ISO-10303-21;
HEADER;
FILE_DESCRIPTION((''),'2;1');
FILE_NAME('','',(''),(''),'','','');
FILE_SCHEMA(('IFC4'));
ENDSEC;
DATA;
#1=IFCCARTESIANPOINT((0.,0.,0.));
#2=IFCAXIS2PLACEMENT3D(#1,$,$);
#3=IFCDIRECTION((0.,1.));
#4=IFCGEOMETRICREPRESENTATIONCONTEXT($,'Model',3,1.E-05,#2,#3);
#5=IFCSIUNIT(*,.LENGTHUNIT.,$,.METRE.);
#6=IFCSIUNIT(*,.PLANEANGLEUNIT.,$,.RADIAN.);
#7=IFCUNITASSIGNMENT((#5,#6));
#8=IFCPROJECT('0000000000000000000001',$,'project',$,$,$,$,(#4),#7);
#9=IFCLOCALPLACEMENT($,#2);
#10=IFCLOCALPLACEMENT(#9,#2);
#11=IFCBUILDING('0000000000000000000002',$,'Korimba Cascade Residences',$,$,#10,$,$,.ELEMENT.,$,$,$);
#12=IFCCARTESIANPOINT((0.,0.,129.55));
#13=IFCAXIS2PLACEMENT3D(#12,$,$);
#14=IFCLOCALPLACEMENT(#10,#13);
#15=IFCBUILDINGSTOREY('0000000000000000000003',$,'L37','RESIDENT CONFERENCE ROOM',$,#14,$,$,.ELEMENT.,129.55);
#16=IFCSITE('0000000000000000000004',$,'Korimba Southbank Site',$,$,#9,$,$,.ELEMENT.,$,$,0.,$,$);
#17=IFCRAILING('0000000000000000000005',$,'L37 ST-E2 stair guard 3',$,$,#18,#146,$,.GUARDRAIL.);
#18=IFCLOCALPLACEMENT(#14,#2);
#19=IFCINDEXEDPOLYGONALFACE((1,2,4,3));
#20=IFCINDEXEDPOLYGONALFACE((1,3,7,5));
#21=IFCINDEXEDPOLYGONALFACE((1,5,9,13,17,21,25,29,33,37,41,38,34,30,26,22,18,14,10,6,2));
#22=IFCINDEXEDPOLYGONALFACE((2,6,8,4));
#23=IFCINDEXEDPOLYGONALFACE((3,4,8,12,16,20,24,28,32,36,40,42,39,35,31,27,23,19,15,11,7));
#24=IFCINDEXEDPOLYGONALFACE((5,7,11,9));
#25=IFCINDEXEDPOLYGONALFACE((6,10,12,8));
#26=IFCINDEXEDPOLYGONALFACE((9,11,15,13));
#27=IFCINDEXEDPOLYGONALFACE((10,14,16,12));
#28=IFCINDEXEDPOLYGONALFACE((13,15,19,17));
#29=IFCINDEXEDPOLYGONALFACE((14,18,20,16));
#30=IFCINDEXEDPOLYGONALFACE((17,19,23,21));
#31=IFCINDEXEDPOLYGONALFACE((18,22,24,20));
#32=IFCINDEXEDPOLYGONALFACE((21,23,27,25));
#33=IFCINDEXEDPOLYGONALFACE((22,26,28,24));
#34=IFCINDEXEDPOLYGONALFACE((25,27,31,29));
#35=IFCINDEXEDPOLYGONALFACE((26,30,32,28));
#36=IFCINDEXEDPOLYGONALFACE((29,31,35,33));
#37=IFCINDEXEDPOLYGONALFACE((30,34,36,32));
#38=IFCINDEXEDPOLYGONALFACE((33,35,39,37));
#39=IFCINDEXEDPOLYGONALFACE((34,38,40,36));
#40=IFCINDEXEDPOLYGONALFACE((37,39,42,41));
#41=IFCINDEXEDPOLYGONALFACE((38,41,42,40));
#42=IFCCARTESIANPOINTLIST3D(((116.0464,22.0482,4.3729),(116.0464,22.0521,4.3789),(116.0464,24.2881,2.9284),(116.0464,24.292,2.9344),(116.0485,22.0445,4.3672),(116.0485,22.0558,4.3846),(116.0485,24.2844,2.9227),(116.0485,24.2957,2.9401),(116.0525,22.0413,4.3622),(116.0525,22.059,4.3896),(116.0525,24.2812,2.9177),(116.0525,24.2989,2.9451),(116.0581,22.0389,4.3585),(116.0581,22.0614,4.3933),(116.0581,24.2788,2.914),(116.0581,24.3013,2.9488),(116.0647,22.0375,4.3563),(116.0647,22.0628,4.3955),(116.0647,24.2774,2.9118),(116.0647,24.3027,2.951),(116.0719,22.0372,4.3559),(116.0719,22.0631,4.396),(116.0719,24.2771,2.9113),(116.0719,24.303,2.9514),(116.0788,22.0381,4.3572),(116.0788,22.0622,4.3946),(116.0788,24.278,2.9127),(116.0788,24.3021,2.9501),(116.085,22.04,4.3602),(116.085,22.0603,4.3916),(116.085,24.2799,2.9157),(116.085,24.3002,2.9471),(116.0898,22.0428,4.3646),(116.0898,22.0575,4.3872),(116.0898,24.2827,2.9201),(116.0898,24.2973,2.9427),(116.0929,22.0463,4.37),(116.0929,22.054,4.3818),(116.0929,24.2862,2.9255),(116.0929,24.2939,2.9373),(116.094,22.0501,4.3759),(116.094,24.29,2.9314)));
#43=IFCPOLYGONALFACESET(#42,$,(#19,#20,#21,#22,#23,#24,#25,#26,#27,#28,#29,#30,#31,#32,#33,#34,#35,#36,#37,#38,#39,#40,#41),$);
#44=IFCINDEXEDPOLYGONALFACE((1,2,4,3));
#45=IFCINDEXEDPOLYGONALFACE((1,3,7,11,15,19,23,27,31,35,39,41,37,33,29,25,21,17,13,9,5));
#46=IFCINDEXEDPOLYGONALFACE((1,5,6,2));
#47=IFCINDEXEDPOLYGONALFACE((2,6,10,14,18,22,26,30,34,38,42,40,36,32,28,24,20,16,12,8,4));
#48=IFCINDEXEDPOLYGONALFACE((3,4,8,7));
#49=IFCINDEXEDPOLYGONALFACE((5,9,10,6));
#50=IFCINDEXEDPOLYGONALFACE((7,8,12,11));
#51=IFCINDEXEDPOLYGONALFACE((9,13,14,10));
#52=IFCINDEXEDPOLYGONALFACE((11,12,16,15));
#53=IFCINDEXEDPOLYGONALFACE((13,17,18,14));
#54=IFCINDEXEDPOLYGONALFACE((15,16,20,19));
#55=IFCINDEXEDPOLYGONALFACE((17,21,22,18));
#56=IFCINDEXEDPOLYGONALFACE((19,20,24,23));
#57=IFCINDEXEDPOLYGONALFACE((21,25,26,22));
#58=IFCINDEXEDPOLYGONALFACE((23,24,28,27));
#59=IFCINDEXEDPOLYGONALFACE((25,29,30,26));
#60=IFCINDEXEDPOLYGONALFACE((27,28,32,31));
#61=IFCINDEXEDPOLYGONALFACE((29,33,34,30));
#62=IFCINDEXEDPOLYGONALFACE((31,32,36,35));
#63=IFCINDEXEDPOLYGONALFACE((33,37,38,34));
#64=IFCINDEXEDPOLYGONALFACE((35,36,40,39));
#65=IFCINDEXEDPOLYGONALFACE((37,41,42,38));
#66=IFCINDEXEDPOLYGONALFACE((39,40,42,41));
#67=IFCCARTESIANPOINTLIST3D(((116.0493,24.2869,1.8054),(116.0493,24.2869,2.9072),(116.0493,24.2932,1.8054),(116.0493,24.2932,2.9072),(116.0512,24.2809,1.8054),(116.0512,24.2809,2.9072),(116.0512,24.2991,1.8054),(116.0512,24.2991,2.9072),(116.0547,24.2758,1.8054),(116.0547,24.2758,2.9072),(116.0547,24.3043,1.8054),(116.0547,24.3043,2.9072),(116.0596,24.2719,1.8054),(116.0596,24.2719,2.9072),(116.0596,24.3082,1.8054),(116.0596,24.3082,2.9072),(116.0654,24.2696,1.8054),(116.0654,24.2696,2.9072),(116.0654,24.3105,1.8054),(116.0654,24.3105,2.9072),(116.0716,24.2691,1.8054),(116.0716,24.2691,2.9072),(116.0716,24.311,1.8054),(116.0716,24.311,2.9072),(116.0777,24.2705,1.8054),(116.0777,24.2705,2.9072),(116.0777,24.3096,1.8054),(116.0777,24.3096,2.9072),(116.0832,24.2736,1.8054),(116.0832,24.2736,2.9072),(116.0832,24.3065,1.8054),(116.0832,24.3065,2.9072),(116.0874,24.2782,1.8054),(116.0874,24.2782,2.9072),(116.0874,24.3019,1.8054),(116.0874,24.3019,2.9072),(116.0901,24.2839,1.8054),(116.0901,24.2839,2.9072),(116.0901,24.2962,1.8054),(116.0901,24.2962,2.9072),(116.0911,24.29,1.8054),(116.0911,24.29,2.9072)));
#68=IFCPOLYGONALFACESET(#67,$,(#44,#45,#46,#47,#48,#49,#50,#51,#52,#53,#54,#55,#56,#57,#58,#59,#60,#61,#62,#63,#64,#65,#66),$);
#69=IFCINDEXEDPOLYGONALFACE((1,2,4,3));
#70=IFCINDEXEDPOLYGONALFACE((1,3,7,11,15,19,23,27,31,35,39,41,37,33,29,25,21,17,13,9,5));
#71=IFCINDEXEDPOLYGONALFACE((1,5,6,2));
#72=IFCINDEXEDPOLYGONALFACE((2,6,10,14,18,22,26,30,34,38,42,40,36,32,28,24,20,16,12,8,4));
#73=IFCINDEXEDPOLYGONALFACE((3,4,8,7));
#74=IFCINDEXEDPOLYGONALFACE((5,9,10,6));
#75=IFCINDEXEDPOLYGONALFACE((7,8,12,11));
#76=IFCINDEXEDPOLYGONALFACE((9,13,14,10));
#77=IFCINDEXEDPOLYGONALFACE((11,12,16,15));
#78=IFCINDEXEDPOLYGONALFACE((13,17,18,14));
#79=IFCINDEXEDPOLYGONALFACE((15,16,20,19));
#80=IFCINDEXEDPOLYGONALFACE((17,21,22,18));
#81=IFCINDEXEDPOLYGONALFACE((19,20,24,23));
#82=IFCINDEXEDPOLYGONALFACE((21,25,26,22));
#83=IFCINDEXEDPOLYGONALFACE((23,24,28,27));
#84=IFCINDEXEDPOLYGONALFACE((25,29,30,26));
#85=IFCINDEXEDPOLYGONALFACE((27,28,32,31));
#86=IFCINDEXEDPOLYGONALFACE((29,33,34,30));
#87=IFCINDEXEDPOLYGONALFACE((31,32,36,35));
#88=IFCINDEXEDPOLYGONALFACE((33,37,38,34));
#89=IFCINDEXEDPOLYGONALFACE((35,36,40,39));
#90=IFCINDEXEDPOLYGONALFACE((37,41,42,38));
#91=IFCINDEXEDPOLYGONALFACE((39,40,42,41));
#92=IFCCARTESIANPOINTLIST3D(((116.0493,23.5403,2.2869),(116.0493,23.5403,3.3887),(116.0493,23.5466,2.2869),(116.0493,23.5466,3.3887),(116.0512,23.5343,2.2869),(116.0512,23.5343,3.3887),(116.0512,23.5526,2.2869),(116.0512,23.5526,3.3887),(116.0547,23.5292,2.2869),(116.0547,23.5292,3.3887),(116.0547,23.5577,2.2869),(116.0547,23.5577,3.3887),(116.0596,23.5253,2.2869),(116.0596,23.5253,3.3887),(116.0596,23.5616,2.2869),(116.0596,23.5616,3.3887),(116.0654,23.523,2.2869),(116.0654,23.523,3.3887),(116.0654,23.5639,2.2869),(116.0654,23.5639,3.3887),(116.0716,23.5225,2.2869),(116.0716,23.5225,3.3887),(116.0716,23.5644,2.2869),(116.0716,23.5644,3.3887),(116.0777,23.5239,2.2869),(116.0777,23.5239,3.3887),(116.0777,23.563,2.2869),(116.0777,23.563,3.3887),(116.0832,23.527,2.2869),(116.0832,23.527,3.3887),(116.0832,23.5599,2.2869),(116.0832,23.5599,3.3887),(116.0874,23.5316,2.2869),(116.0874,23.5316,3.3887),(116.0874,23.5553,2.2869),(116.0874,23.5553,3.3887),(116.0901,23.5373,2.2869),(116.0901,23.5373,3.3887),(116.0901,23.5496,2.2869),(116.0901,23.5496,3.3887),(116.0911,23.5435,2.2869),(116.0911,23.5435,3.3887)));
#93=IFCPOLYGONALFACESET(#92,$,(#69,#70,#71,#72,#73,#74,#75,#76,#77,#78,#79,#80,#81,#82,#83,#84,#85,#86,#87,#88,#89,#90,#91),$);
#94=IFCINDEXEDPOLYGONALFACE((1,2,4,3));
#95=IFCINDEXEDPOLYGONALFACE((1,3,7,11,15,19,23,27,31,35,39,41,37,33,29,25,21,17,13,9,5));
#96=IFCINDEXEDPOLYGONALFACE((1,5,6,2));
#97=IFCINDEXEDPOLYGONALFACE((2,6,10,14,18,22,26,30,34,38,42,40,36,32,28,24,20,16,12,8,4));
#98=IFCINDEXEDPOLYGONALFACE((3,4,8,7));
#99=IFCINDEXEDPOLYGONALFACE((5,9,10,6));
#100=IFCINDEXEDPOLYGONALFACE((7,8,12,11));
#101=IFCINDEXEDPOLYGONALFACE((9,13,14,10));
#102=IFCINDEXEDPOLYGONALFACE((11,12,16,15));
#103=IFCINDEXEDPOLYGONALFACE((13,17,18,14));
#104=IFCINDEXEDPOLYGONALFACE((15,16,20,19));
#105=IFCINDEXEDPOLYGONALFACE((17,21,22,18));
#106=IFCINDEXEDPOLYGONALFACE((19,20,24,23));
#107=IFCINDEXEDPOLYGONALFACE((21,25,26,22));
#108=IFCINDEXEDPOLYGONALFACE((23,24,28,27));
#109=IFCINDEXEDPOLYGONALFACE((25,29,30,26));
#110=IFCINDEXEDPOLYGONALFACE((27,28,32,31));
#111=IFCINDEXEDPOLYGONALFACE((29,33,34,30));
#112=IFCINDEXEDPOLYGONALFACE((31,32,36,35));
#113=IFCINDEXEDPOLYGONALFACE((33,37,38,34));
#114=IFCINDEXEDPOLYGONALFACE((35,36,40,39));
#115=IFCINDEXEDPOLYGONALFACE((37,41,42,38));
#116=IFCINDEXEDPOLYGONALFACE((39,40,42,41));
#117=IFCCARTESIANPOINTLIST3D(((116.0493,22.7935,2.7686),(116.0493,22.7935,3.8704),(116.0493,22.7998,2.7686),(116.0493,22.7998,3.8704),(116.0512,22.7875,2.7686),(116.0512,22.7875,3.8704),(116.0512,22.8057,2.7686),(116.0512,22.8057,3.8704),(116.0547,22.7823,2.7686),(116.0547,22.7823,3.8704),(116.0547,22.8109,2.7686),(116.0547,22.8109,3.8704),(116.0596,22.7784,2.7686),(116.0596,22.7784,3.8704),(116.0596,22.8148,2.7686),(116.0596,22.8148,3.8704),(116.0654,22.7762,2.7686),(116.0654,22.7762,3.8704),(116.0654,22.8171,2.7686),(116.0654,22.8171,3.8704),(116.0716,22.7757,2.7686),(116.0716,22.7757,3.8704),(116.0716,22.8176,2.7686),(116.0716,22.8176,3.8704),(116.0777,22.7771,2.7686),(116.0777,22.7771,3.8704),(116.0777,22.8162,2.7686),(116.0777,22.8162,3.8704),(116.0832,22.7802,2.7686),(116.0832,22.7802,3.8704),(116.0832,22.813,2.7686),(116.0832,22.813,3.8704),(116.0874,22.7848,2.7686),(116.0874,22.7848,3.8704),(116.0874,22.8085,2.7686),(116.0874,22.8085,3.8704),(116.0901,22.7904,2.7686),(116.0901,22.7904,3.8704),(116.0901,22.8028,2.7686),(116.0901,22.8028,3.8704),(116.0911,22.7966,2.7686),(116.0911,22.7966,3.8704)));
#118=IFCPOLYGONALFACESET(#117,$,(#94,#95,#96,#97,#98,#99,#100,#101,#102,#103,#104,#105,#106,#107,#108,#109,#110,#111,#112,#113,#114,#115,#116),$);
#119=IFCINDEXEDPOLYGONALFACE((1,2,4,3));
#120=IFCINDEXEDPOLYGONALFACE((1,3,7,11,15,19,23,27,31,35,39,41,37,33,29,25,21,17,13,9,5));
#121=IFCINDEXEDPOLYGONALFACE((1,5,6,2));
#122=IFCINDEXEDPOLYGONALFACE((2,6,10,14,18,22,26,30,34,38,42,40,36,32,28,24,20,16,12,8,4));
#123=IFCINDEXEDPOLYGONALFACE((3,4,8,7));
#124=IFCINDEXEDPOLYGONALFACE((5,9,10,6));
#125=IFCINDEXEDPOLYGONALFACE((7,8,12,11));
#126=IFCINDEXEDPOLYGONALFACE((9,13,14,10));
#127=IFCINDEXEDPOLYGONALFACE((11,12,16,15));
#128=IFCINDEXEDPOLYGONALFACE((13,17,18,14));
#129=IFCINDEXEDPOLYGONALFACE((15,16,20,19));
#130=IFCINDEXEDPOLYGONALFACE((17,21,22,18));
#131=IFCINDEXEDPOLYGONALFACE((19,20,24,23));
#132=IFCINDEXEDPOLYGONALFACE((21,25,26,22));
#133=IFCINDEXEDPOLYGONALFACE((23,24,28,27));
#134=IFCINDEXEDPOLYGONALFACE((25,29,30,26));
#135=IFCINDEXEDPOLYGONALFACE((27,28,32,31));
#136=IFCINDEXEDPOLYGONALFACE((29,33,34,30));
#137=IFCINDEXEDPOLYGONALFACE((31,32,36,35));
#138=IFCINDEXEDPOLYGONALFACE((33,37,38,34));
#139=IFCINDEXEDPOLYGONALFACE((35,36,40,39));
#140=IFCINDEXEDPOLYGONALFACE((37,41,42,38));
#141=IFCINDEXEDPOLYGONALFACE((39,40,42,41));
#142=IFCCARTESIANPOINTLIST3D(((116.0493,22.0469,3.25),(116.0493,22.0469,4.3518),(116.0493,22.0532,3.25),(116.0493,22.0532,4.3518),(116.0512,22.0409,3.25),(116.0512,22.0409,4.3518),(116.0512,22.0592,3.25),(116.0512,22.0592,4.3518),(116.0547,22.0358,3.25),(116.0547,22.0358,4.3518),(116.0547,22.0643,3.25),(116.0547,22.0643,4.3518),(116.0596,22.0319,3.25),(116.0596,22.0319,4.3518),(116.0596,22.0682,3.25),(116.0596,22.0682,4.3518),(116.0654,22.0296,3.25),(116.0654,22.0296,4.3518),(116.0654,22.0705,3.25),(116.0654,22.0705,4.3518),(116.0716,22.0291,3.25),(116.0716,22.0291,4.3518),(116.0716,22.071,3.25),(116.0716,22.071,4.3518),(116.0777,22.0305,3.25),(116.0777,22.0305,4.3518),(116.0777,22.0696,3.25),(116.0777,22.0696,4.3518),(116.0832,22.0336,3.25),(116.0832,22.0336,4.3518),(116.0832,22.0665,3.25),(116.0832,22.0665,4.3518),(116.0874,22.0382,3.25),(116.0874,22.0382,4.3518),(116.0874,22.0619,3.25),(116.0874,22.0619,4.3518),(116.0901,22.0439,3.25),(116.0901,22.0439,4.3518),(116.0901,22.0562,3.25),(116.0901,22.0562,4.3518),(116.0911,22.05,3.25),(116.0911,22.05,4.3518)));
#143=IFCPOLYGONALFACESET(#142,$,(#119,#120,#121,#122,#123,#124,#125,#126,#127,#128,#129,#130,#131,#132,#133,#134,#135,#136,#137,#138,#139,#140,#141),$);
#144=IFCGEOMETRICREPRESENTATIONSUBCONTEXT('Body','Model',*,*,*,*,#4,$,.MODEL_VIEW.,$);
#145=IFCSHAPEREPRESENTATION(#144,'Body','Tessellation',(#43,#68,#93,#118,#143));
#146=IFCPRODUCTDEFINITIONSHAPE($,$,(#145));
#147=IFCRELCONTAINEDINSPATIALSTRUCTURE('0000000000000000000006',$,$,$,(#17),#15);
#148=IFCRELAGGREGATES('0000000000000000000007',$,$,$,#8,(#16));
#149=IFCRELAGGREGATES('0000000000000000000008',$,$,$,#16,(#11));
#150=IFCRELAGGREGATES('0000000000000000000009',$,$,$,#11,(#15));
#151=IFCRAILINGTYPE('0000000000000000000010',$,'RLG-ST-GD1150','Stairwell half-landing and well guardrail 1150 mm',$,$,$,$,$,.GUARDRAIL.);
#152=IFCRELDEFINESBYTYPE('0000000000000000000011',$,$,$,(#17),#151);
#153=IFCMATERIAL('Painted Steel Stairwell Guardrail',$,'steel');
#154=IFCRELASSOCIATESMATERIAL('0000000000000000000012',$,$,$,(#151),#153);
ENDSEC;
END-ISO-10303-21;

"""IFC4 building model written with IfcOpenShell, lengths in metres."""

from ifc_helpers import new_model, si_unit, direction, frame, origin, origin_2d, place, context, subcontext, project, spatial, circle, extrude, material, type_object, element, save


model = new_model("IFC4")

# Units and contexts
model_context = context("Model", 3, precision=1e-05, world=origin(), true_north=direction((0.0, 1.0)))
body_context = subcontext(model_context, "Body", "Model", "MODEL_VIEW")
ifc_project = project(units=[si_unit("LENGTHUNIT", "METRE"), si_unit("PLANEANGLEUNIT", "RADIAN")], contexts=[model_context])

# Site, building, storey
site_placement = place(None, origin())
site = spatial("IfcSite", under=ifc_project, at=site_placement, Name="Korimba Southbank Site", CompositionType="ELEMENT", RefElevation=0.0)
building_placement = place(site_placement, origin())
building = spatial("IfcBuilding", under=site, at=building_placement, Name="Korimba Cascade Residences", CompositionType="ELEMENT")
storey_placement = place(building_placement, frame((0.0, 0.0, 129.55)))
storey = spatial("IfcBuildingStorey", under=building, at=storey_placement, Name="L37", Description="RESIDENT CONFERENCE ROOM", CompositionType="ELEMENT", Elevation=129.55)

# Railing
ifc_material_1 = material(Name="Painted Steel Stairwell Guardrail", Category="steel")
railing_type_1 = type_object("IfcRailingType", Name="RLG-ST-GD1150", Description="Stairwell half-landing and well guardrail 1150 mm", PredefinedType="GUARDRAIL", material=ifc_material_1)
railing_1_placement = place(storey_placement, frame((116.0701, 24.29, 1.8054)))
element("IfcRailing", 1, at=railing_1_placement, inside=storey, type_object=railing_type_1, Name="L37 ST-E2 stair guard 3", PredefinedType="GUARDRAIL", context=body_context, shape_type="SweptSolid", body=[
    extrude(circle(Radius=0.0239, at=origin_2d()), frame((0.0, 0.0, 1.126), z_axis=(0.0, -0.840395, 0.541975), x_axis=(1.0, 0.0, 0.0)), (0.0, 0.0, 1.0), 2.6653),
    extrude(circle(Radius=0.021, at=origin_2d()), origin(), (0.0, 0.0, 1.0), 1.1018),
    extrude(circle(Radius=0.021, at=origin_2d()), frame((0.0, -0.7466, 0.4814)), (0.0, 0.0, 1.0), 1.1018),
    extrude(circle(Radius=0.021, at=origin_2d()), frame((0.0, -1.4934, 0.9631)), (0.0, 0.0, 1.0), 1.1018),
    extrude(circle(Radius=0.021, at=origin_2d()), frame((0.0, -2.24, 1.4446)), (0.0, 0.0, 1.0), 1.1018),
])

save(model, "model.ifc")
